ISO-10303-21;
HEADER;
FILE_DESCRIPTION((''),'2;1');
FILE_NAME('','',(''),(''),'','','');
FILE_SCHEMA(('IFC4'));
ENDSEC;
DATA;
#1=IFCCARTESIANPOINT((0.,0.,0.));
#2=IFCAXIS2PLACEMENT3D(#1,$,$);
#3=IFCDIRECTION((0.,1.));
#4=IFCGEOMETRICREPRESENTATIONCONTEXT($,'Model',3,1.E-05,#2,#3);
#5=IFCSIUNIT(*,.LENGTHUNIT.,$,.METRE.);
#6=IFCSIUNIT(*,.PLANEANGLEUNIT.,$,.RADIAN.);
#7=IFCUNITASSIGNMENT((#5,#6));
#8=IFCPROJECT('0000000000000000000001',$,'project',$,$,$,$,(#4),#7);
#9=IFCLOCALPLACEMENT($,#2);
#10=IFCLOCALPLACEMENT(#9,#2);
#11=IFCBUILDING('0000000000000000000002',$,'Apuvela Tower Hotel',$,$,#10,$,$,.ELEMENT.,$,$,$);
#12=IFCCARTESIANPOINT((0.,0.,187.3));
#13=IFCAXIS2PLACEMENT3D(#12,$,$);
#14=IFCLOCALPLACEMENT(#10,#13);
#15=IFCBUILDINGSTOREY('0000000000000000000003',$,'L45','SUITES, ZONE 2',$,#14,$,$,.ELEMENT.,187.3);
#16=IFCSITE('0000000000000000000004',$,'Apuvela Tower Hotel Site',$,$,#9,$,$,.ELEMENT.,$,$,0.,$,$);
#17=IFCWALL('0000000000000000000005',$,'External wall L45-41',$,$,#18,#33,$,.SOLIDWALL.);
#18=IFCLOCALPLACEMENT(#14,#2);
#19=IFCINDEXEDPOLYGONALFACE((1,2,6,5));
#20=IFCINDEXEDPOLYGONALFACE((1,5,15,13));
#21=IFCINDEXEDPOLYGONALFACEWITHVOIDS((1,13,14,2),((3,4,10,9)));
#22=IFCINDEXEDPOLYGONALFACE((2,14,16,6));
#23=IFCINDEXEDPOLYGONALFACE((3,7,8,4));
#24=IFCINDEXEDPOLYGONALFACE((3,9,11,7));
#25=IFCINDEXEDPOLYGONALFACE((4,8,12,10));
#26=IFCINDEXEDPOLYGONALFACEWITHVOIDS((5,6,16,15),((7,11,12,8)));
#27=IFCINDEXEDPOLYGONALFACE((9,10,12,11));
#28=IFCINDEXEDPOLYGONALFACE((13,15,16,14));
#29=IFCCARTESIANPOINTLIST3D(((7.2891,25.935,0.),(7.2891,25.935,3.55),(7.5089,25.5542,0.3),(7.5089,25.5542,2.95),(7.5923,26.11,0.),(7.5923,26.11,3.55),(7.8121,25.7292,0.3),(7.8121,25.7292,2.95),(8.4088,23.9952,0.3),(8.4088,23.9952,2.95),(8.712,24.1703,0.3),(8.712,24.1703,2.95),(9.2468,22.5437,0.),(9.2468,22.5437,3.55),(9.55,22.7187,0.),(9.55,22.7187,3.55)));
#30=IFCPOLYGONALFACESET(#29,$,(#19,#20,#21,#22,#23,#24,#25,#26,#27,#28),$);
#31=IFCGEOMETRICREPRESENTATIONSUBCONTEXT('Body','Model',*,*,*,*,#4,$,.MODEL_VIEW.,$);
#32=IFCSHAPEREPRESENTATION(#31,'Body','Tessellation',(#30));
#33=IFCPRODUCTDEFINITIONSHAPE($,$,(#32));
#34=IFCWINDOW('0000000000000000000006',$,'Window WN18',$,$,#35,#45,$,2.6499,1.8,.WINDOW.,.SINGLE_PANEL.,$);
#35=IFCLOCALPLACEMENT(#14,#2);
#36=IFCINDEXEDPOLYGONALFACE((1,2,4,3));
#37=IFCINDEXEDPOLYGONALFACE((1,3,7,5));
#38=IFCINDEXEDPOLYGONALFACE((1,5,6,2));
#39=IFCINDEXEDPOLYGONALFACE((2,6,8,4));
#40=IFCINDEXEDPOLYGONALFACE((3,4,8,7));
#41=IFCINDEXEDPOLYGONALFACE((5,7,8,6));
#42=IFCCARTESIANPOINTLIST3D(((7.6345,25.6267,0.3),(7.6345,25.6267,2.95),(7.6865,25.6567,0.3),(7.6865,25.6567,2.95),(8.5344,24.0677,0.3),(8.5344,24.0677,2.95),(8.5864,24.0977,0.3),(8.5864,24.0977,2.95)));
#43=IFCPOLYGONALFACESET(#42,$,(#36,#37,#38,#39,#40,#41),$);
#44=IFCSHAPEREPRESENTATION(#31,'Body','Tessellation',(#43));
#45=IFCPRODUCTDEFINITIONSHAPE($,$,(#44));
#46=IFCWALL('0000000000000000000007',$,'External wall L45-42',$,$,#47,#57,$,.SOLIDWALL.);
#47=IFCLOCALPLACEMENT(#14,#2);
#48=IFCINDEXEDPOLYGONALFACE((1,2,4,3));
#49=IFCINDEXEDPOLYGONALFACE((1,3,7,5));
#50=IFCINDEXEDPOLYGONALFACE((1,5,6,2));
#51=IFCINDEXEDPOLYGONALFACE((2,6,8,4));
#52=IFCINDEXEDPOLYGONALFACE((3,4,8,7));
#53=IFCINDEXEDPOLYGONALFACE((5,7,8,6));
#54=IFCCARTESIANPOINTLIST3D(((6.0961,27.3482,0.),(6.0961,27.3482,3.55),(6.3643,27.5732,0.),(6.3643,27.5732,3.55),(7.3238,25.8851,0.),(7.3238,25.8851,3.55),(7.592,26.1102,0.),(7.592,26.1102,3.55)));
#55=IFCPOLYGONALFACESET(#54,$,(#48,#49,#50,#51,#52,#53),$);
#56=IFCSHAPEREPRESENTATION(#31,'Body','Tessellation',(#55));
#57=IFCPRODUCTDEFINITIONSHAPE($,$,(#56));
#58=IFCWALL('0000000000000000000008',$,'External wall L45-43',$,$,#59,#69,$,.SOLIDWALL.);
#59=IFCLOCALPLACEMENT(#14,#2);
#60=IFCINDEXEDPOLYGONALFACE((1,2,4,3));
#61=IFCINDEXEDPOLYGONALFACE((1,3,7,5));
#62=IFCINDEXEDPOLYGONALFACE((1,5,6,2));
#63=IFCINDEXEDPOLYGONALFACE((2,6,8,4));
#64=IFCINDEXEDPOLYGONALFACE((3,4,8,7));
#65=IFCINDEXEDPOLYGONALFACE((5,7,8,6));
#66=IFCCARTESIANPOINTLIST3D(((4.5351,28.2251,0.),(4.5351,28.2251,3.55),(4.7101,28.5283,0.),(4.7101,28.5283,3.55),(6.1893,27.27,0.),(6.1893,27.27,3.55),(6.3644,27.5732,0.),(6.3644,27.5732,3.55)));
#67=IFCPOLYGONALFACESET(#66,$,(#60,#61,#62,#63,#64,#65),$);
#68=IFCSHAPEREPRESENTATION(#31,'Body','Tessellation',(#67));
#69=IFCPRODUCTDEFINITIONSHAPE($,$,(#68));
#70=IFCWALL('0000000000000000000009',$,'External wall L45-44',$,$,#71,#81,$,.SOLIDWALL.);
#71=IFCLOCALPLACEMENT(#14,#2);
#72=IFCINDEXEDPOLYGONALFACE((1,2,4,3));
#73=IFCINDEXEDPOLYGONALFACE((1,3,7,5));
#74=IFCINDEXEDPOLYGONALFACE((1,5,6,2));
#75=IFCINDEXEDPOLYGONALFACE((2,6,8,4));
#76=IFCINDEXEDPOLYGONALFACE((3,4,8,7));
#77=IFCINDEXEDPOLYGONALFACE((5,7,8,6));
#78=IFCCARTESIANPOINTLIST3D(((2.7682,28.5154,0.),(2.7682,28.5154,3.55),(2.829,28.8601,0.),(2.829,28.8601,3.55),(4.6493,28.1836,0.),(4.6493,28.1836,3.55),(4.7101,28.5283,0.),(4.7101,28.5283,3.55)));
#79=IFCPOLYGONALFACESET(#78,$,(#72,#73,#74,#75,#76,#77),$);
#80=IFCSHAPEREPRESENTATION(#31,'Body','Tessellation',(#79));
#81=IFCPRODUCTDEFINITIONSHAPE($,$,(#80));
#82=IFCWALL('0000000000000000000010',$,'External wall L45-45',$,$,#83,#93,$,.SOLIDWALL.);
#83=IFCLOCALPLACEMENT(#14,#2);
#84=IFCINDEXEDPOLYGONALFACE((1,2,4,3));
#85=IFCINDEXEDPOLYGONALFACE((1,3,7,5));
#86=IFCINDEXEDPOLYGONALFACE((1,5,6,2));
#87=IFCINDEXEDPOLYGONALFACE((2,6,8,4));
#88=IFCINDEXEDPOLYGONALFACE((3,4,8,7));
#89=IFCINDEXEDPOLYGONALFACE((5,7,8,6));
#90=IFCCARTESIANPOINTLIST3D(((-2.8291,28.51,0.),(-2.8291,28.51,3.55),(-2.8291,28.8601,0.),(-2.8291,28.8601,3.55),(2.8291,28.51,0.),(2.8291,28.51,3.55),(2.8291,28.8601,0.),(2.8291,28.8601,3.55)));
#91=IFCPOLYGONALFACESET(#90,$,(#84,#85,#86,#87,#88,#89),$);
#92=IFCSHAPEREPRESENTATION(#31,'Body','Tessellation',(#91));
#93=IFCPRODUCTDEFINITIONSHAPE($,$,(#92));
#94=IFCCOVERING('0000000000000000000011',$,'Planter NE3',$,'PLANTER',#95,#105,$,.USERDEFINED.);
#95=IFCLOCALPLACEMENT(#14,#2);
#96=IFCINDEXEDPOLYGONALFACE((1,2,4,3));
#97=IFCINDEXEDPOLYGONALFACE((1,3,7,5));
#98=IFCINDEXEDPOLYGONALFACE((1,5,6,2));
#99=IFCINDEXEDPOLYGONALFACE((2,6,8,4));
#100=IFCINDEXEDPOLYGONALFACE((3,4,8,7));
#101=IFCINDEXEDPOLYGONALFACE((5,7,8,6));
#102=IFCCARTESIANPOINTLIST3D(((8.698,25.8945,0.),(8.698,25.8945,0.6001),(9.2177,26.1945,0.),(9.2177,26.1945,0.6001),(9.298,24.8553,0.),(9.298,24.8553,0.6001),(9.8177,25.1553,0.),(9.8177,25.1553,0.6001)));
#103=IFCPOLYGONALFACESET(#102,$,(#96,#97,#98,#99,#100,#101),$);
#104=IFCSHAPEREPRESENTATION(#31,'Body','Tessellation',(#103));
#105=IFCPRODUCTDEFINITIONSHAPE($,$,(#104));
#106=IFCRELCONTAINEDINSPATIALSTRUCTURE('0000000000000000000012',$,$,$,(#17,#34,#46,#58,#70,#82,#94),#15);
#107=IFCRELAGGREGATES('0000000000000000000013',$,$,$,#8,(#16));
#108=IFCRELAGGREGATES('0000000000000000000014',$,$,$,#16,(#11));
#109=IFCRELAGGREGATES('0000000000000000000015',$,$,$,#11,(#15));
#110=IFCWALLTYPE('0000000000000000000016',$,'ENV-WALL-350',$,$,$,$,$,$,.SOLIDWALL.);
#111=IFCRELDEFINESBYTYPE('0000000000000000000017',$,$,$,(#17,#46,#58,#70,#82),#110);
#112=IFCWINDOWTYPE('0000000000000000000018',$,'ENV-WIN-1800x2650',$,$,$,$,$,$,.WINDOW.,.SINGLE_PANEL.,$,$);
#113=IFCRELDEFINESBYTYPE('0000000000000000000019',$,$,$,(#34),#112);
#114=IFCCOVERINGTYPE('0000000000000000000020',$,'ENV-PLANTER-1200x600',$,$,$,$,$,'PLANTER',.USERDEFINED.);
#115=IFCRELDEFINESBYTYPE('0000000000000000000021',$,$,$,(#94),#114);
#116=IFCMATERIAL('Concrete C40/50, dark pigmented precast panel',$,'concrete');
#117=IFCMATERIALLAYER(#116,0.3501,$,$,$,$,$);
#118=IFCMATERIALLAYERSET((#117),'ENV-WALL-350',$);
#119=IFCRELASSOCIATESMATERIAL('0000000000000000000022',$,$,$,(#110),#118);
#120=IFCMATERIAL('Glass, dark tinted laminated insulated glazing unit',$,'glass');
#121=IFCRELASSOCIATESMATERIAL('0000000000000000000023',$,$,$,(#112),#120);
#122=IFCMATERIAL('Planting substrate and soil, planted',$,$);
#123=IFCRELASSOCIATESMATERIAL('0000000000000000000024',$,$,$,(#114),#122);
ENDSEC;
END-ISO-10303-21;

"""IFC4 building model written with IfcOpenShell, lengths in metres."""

from ifc_helpers import new_model, si_unit, direction, frame, frame_2d, origin, origin_2d, place, context, subcontext, project, spatial, rectangle, extrude, material, layer, layer_set, type_object, element, fill, save


model = new_model("IFC4")

# Units and contexts
model_context = context("Model", 3, precision=1e-05, world=origin(), true_north=direction((0.0, 1.0)))
body_context = subcontext(model_context, "Body", "Model", "MODEL_VIEW")
ifc_project = project(units=[si_unit("LENGTHUNIT", "METRE"), si_unit("PLANEANGLEUNIT", "RADIAN")], contexts=[model_context])

# Site, building, storey
site_placement = place(None, origin())
site = spatial("IfcSite", under=ifc_project, at=site_placement, Name="Apuvela Tower Hotel Site", CompositionType="ELEMENT", RefElevation=0.0)
building_placement = place(site_placement, origin())
building = spatial("IfcBuilding", under=site, at=building_placement, Name="Apuvela Tower Hotel", CompositionType="ELEMENT")
storey_placement = place(building_placement, frame((0.0, 0.0, 187.3)))
storey = spatial("IfcBuildingStorey", under=building, at=storey_placement, Name="L45", Description="SUITES, ZONE 2", CompositionType="ELEMENT", Elevation=187.3)

# Shared definitions
ifc_material_1 = material(Name="Concrete C40/50, dark pigmented precast panel", Category="concrete")
ifc_layer_1 = layer(ifc_material_1, 0.3501)
ifc_layer_set_1 = layer_set([ifc_layer_1], Name="ENV-WALL-350")
wall_type_1 = type_object("IfcWallType", Name="ENV-WALL-350", PredefinedType="SOLIDWALL", material=ifc_layer_set_1)

# Wall, opening, window
wall_1_placement = place(storey_placement, frame((9.3984, 22.6311, 0.0), z_axis=(0.0, 0.0, 1.0), x_axis=(-0.499955, 0.866052, 0.0)))
wall_1 = element("IfcWall", 1, at=wall_1_placement, inside=storey, type_object=wall_type_1, Name="External wall L45-41", PredefinedType="SOLIDWALL", context=body_context, shape_type="SweptSolid", body=[
    extrude(rectangle(XDim=3.9158, YDim=0.3501, at=frame_2d((1.958, 0.0))), origin(), (0.0, 0.0, 1.0), 3.55),
])
opening_placement = place(wall_1_placement, frame((1.6763, 0.0, 0.3)))
opening = element("IfcOpeningElement", 2, at=opening_placement, cuts=wall_1, PredefinedType="OPENING", context=body_context, shape_type="SweptSolid", body=[
    extrude(rectangle(XDim=1.8, YDim=2.6499, at=frame_2d((0.8999, 1.325))), frame((0.0, 0.1851, 0.0), z_axis=(0.0, -1.0, 0.0), x_axis=(1.0, 0.0, 0.0)), (0.0, 0.0, 1.0), 0.3701),
])
ifc_material_2 = material(Name="Glass, dark tinted laminated insulated glazing unit", Category="glass")
window_type = type_object("IfcWindowType", Name="ENV-WIN-1800x2650", PartitioningType="SINGLE_PANEL", PredefinedType="WINDOW", material=ifc_material_2)
window_placement = place(opening_placement, origin())
window = element("IfcWindow", 3, at=window_placement, inside=storey, type_object=window_type, Name="Window WN18", OverallHeight=2.6499, OverallWidth=1.8, PartitioningType="SINGLE_PANEL", PredefinedType="WINDOW", context=body_context, shape_type="SweptSolid", body=[
    extrude(rectangle(XDim=1.8, YDim=2.6499, at=frame_2d((0.8999, 1.325))), frame((0.0, 0.03, 0.0), z_axis=(0.0, -1.0, 0.0), x_axis=(1.0, 0.0, 0.0)), (0.0, 0.0, 1.0), 0.0601),
])
fill(opening, window)

# Walls
wall_2_placement = place(storey_placement, frame((7.458, 25.9976, 0.0), z_axis=(0.0, 0.0, 1.0), x_axis=(-0.642808, 0.766027, 0.0)))
element("IfcWall", 4, at=wall_2_placement, inside=storey, type_object=wall_type_1, Name="External wall L45-42", PredefinedType="SOLIDWALL", context=body_context, shape_type="SweptSolid", body=[
    extrude(rectangle(XDim=1.9099, YDim=0.3501, at=frame_2d((0.9551, 0.0))), origin(), (0.0, 0.0, 1.0), 3.55),
])
for number, where, z_axis, x_axis, name in (
    (5, (6.2769, 27.4216, 0.0), (0.0, 0.0, 1.0), (-0.866032, 0.499988, 0.0), "External wall L45-43"),
    (6, (4.6797, 28.356, 0.0), (0.0, 0.0, 1.0), (-0.984799, 0.173698, 0.0), "External wall L45-44"),
):
    element("IfcWall", number, at=place(storey_placement, frame(where, z_axis=z_axis, x_axis=x_axis)), inside=storey, type_object=wall_type_1, Name=name, PredefinedType="SOLIDWALL", context=body_context, shape_type="SweptSolid", body=[
        extrude(rectangle(XDim=1.9102, YDim=0.3501, at=frame_2d((0.9551, 0.0))), origin(), (0.0, 0.0, 1.0), 3.55),
    ])
wall_3_placement = place(storey_placement, frame((2.8291, 28.6851, 0.0), z_axis=(0.0, 0.0, 1.0), x_axis=(-1.0, 0.0, 0.0)))
element("IfcWall", 7, at=wall_3_placement, inside=storey, type_object=wall_type_1, Name="External wall L45-45", PredefinedType="SOLIDWALL", context=body_context, shape_type="SweptSolid", body=[
    extrude(rectangle(XDim=5.6582, YDim=0.3501, at=frame_2d((2.8291, 0.0))), origin(), (0.0, 0.0, 1.0), 3.55),
])

# Covering
ifc_material_3 = material(Name="Planting substrate and soil, planted")
covering_type = type_object("IfcCoveringType", Name="ENV-PLANTER-1200x600", ElementType="PLANTER", PredefinedType="USERDEFINED", material=ifc_material_3)
covering_placement = place(storey_placement, frame((9.2578, 25.5249, 0.0), z_axis=(0.0, 0.0, 1.0), x_axis=(-0.5, 0.866025, 0.0)))
element("IfcCovering", 8, at=covering_placement, inside=storey, type_object=covering_type, Name="Planter NE3", ObjectType="PLANTER", PredefinedType="USERDEFINED", context=body_context, shape_type="SweptSolid", body=[
    extrude(rectangle(XDim=1.2, YDim=0.6001, at=origin_2d()), origin(), (0.0, 0.0, 1.0), 0.6001),
])

save(model, "model.ifc")
